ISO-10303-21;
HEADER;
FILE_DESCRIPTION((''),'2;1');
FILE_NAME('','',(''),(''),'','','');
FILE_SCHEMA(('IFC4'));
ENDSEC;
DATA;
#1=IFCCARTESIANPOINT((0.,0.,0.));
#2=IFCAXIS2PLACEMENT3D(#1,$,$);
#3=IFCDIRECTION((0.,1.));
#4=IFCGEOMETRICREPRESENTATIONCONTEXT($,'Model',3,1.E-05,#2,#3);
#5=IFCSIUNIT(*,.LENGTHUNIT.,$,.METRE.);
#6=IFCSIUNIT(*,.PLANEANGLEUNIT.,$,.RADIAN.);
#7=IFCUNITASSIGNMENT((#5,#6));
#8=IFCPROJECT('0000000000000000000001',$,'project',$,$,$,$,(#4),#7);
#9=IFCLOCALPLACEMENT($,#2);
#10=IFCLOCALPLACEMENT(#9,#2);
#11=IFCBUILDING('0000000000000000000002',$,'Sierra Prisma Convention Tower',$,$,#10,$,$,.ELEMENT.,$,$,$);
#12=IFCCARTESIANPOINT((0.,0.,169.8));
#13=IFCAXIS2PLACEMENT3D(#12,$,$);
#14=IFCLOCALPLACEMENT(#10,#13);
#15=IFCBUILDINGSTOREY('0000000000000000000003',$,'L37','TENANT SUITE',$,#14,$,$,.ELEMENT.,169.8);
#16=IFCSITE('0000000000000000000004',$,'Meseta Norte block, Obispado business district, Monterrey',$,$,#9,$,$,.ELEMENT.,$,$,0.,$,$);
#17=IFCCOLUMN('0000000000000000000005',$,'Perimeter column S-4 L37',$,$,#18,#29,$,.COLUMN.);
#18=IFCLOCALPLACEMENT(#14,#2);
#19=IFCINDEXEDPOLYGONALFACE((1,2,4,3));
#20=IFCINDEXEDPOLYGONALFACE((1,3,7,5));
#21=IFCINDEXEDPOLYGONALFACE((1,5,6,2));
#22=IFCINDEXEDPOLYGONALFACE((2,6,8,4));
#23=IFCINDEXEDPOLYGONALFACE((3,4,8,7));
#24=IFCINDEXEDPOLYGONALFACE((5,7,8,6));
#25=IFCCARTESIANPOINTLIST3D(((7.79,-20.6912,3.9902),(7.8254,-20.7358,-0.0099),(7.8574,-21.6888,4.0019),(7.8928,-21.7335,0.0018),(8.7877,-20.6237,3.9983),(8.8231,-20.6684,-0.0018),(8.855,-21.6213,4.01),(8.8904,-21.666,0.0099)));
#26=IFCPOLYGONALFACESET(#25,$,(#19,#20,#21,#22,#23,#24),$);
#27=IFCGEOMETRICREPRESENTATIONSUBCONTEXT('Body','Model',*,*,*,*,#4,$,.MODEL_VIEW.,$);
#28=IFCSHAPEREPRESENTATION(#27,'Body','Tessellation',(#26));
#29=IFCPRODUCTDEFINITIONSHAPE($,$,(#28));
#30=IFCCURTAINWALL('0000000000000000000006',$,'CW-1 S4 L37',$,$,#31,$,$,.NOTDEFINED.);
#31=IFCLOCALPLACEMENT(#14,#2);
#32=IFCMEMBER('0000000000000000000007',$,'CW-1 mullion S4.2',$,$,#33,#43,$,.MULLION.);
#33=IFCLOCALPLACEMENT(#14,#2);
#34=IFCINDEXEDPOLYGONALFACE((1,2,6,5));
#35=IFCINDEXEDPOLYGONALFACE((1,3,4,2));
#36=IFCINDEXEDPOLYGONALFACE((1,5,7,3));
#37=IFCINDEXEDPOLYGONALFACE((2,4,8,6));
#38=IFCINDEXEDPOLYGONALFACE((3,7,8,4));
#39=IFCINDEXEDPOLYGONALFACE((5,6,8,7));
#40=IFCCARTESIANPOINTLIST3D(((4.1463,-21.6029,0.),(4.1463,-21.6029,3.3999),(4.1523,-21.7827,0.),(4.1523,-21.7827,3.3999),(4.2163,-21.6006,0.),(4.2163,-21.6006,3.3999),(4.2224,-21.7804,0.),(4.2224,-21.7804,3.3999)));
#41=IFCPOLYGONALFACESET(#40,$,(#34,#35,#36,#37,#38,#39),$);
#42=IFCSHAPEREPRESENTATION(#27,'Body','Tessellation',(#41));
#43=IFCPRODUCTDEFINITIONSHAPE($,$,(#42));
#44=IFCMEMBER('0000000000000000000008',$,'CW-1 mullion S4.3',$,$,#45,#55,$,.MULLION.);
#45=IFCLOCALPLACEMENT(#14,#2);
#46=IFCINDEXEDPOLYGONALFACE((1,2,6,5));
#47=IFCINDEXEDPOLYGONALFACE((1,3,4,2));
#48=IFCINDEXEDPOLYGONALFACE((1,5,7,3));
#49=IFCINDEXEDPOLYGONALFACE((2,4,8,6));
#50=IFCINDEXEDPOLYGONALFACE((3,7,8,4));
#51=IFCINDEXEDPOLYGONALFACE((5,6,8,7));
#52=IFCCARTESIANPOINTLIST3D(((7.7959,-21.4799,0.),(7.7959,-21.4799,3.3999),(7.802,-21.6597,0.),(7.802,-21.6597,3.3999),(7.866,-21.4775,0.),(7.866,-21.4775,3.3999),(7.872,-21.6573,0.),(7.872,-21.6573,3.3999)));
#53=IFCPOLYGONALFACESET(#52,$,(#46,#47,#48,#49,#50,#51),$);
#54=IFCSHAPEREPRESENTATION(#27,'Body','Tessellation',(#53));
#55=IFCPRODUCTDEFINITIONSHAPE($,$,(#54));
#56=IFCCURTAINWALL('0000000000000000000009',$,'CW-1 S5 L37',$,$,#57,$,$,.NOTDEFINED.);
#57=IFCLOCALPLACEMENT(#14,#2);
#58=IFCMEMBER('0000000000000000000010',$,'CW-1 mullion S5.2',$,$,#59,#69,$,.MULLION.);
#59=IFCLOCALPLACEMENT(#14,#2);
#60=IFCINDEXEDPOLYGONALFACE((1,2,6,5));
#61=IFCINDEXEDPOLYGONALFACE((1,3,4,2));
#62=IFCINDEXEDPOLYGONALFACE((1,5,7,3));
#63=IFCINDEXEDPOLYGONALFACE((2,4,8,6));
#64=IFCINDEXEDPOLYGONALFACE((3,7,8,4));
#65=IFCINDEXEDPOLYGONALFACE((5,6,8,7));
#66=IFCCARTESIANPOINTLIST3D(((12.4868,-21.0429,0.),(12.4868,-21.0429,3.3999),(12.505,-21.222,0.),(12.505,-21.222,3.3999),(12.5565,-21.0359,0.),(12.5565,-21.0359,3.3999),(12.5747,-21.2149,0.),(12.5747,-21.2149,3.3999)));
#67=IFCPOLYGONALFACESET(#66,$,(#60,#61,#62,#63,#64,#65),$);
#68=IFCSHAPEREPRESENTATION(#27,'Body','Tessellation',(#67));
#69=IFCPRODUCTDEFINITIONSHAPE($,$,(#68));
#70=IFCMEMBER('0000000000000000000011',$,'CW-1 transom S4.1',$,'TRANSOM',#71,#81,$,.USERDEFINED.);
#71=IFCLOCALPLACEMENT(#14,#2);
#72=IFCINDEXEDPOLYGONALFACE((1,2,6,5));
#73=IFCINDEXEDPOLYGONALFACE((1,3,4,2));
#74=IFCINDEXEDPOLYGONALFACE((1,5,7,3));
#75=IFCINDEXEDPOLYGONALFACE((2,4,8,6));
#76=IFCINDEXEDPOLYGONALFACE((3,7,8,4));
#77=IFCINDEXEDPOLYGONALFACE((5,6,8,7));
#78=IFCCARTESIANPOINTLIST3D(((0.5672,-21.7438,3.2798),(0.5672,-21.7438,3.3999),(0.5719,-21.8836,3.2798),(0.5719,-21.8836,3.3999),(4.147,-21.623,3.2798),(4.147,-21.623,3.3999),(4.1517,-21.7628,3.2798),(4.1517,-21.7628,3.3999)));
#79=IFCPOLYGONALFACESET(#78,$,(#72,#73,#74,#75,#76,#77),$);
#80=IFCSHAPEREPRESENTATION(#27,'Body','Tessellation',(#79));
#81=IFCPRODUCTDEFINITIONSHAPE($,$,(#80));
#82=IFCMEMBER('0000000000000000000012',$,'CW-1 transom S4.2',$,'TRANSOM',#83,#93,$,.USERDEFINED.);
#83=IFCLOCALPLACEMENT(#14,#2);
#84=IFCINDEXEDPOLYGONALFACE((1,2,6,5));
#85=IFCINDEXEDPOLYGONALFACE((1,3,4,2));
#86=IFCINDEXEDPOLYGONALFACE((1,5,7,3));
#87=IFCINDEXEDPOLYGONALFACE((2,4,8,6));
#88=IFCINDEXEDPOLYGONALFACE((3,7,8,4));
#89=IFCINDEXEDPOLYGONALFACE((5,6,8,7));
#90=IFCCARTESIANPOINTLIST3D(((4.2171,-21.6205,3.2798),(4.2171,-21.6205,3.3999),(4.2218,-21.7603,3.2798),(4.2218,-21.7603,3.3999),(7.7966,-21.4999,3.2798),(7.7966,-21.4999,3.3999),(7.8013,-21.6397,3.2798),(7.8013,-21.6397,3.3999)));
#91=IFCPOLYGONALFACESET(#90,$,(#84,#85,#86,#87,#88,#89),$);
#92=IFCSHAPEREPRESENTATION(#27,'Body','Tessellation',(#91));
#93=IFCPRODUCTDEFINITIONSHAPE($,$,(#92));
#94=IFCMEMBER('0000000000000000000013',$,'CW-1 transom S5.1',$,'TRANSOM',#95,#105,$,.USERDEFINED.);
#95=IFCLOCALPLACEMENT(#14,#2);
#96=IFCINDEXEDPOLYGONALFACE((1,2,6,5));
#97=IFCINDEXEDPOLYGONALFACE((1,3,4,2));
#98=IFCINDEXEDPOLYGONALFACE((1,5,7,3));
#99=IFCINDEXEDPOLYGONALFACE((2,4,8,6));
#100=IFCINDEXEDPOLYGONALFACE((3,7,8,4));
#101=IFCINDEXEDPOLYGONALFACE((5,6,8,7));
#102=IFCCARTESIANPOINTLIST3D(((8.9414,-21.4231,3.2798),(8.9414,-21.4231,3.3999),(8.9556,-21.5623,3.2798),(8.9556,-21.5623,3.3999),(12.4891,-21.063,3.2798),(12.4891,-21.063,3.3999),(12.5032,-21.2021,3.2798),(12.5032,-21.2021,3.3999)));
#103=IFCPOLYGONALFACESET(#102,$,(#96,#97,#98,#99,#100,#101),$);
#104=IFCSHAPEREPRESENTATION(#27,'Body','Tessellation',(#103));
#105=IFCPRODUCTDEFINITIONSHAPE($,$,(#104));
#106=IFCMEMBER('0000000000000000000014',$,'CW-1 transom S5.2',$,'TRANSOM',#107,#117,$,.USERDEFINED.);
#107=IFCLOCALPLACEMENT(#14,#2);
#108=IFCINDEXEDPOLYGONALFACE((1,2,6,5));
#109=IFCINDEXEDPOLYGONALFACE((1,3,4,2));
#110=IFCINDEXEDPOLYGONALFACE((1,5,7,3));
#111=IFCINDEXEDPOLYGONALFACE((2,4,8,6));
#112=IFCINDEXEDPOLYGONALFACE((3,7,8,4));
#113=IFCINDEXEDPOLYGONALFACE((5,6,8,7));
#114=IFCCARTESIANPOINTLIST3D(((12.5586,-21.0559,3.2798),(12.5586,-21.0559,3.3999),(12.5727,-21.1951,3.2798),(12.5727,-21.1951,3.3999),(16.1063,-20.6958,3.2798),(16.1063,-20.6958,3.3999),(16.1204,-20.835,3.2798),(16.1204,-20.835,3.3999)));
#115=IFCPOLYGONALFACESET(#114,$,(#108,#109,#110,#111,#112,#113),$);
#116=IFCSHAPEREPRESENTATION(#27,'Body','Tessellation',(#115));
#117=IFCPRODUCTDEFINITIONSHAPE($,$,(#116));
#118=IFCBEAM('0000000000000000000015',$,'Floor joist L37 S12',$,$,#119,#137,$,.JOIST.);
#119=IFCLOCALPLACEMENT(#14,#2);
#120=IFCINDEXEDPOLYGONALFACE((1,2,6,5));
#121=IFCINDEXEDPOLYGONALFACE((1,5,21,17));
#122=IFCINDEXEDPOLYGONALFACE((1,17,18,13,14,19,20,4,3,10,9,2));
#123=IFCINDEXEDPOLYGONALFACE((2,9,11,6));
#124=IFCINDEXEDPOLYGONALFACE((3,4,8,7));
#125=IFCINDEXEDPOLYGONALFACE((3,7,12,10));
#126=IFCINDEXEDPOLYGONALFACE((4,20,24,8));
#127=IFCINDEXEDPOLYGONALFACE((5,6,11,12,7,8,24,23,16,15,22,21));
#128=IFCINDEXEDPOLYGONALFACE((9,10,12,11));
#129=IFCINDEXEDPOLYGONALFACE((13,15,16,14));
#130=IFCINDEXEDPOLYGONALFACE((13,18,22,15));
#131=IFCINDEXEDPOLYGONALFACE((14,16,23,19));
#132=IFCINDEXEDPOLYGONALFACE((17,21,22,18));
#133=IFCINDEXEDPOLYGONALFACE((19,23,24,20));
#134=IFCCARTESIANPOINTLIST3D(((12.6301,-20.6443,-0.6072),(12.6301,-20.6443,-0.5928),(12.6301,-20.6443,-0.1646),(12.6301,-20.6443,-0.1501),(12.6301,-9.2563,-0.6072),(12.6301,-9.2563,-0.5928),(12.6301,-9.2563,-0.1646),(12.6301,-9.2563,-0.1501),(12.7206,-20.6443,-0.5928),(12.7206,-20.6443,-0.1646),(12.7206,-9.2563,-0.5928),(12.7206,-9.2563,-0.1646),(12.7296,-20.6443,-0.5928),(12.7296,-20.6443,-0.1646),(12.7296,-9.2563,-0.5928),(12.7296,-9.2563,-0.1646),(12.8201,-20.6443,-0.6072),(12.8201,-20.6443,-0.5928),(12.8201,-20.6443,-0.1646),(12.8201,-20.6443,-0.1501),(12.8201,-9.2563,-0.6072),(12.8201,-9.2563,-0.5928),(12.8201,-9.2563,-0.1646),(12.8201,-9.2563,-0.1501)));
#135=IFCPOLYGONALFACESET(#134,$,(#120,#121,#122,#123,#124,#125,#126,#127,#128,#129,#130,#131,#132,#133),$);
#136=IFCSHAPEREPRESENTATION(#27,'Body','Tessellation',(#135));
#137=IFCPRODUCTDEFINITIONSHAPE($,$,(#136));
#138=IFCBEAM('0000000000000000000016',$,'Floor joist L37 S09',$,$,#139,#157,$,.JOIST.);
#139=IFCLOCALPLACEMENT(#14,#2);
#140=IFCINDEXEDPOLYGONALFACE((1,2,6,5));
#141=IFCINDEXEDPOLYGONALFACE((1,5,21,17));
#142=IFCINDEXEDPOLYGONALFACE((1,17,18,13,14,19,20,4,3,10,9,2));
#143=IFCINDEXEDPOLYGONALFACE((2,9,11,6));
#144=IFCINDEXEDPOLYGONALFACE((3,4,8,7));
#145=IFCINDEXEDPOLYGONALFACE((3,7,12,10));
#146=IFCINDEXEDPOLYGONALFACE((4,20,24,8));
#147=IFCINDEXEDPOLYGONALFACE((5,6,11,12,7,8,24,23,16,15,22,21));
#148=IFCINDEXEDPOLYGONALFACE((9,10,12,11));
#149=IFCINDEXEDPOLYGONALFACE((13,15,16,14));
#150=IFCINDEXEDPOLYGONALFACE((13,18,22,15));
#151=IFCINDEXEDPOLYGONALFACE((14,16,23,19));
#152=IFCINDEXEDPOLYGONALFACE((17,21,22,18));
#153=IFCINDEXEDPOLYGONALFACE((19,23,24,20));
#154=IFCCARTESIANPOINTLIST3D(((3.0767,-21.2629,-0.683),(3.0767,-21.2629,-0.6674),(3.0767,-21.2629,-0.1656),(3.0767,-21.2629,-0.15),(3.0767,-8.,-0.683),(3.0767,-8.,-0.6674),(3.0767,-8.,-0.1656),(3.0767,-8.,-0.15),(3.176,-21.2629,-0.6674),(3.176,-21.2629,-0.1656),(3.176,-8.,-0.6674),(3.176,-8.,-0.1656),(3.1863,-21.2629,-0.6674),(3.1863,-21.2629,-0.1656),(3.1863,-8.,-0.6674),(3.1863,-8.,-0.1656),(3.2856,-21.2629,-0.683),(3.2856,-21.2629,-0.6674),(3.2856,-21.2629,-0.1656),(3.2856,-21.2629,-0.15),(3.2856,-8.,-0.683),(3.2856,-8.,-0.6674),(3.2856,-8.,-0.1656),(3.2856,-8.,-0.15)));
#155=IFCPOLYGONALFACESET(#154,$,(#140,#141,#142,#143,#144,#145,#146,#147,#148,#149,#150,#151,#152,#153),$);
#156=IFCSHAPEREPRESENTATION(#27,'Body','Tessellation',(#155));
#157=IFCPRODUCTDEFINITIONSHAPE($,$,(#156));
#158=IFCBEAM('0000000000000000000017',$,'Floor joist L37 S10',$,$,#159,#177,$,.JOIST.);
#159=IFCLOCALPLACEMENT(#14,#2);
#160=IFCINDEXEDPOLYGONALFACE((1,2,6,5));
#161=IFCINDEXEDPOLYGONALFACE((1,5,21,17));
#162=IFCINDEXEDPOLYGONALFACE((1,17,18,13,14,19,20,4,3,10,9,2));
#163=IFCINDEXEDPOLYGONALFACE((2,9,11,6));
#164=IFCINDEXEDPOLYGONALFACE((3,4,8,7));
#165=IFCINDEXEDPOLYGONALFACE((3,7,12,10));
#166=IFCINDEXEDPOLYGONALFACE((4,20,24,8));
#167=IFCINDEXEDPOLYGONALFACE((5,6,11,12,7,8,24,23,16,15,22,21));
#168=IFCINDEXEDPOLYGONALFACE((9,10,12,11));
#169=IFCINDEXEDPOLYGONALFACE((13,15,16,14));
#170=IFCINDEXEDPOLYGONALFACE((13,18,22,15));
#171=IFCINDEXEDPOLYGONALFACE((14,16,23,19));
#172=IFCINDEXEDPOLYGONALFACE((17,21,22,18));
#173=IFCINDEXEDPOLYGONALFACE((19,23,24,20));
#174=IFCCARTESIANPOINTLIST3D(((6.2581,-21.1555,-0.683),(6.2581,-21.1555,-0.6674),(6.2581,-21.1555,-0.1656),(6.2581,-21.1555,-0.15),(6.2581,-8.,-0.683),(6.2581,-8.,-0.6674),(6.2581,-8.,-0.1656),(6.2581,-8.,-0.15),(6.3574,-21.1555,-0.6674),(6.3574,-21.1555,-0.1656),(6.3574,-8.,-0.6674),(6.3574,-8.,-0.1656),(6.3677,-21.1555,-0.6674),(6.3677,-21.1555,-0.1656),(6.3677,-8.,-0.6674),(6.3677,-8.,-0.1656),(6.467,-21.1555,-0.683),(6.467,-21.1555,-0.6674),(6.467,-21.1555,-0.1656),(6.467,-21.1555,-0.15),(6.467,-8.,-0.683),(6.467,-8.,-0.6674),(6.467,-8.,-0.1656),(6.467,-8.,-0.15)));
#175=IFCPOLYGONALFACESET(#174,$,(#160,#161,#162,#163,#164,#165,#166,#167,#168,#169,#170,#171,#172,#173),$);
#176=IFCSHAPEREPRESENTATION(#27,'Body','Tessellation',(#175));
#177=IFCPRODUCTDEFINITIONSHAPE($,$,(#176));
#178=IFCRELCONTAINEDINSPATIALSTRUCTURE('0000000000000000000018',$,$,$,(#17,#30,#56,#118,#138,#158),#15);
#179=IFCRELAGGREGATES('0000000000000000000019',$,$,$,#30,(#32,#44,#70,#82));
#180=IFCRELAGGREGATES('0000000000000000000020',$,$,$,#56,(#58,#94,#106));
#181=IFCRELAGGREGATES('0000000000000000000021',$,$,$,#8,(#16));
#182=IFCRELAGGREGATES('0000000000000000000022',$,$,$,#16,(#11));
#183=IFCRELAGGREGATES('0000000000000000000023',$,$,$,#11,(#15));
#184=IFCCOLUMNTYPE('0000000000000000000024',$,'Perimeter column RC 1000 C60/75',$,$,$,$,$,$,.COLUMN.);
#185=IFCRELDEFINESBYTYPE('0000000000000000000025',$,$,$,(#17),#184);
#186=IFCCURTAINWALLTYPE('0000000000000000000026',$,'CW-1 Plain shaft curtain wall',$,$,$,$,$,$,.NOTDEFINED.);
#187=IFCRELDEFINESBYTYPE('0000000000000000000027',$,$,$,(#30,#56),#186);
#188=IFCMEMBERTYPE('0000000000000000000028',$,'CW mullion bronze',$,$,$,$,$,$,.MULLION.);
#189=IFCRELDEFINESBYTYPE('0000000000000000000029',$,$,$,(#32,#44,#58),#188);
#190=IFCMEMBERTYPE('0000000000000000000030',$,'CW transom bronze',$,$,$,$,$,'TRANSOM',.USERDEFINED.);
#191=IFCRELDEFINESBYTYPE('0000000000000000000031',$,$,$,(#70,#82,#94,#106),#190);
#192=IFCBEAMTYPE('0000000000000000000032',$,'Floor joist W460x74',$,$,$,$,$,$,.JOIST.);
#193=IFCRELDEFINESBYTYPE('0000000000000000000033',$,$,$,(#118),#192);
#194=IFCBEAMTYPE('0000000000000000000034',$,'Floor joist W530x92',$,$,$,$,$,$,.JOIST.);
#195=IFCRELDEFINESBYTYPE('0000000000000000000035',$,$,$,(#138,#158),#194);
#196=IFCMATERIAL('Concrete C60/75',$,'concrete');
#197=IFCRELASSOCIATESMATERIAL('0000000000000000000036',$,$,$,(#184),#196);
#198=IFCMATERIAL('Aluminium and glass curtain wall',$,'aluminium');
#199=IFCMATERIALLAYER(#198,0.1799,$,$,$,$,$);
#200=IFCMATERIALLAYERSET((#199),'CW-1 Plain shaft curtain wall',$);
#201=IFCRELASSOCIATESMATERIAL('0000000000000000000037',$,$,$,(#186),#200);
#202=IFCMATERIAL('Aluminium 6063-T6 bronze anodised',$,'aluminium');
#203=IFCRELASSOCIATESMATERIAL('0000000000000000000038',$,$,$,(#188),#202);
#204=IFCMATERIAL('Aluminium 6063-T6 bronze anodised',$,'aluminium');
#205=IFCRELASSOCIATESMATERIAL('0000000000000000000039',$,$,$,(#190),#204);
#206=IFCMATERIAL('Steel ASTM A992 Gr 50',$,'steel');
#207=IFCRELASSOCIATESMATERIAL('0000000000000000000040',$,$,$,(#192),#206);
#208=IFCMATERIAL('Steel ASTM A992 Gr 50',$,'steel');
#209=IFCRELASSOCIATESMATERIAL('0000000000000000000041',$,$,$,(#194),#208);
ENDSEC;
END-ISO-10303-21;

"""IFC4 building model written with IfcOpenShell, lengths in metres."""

from ifc_helpers import new_model, si_unit, direction, frame, origin, origin_2d, place, context, subcontext, project, spatial, rectangle, i_section, extrude, material, layer, layer_set, material_profile, profile_set, type_object, element, aggregate, save


model = new_model("IFC4")

# Units and contexts
model_context = context("Model", 3, precision=1e-05, world=origin(), true_north=direction((0.0, 1.0)))
body_context = subcontext(model_context, "Body", "Model", "MODEL_VIEW")
ifc_project = project(units=[si_unit("LENGTHUNIT", "METRE"), si_unit("PLANEANGLEUNIT", "RADIAN")], contexts=[model_context])

# Site, building, storey
site_placement = place(None, origin())
site = spatial("IfcSite", under=ifc_project, at=site_placement, Name="Meseta Norte block, Obispado business district, Monterrey", CompositionType="ELEMENT", RefElevation=0.0)
building_placement = place(site_placement, origin())
building = spatial("IfcBuilding", under=site, at=building_placement, Name="Sierra Prisma Convention Tower", CompositionType="ELEMENT")
storey_placement = place(building_placement, frame((0.0, 0.0, 169.8)))
storey = spatial("IfcBuildingStorey", under=building, at=storey_placement, Name="L37", Description="TENANT SUITE", CompositionType="ELEMENT", Elevation=169.8)

# Column
ifc_material_1 = material(Name="Concrete C60/75", Category="concrete")
ifc_material_profile_1 = material_profile(ifc_material_1, rectangle(XDim=1.0, YDim=1.0, at=origin_2d()), Name="Perimeter column RC 1000 C60/75")
ifc_profile_set_1 = profile_set([ifc_material_profile_1], Name="Concrete C60/75")
column_type = type_object("IfcColumnType", Name="Perimeter column RC 1000 C60/75", PredefinedType="COLUMN", material=ifc_profile_set_1)
column_placement = place(storey_placement, frame((8.3579, -21.2009, 0.0), z_axis=(-0.008849, 0.011168, 0.999898), x_axis=(0.997688, 0.067485, 0.008076)))
element("IfcColumn", 1, at=column_placement, inside=storey, type_object=column_type, Name="Perimeter column S-4 L37", PredefinedType="COLUMN", context=body_context, shape_type="SweptSolid", body=[
    extrude(rectangle(XDim=1.0, YDim=1.0, at=origin_2d()), origin(), (0.0, 0.0, 1.0), 4.0005),
])

# Curtain wall, members
ifc_material_2 = material(Name="Aluminium and glass curtain wall", Category="aluminium")
ifc_layer_1 = layer(ifc_material_2, 0.1799)
ifc_layer_set_1 = layer_set([ifc_layer_1], Name="CW-1 Plain shaft curtain wall")
curtain_wall_type = type_object("IfcCurtainWallType", Name="CW-1 Plain shaft curtain wall", PredefinedType="NOTDEFINED", material=ifc_layer_set_1)
curtain_wall_1_placement = place(storey_placement, origin())
curtain_wall_1 = element("IfcCurtainWall", 2, at=curtain_wall_1_placement, inside=storey, type_object=curtain_wall_type, Name="CW-1 S4 L37", PredefinedType="NOTDEFINED")
ifc_material_3 = material(Name="Aluminium 6063-T6 bronze anodised", Category="aluminium")
ifc_material_profile_2 = material_profile(ifc_material_3, rectangle(XDim=0.1799, YDim=0.0701, at=origin_2d()), Name="ALU MULLION 70x180")
ifc_profile_set_2 = profile_set([ifc_material_profile_2], Name="Aluminium 6063-T6 bronze anodised")
member_type_1 = type_object("IfcMemberType", Name="CW mullion bronze", PredefinedType="MULLION", material=ifc_profile_set_2)
member_1_placement = place(storey_placement, frame((4.1843, -21.6917, 0.0), z_axis=(0.0, 0.0, 1.0), x_axis=(-0.033714, 0.999432, 0.0)))
member_1 = element("IfcMember", 3, at=member_1_placement, type_object=member_type_1, Name="CW-1 mullion S4.2", PredefinedType="MULLION", context=body_context, shape_type="SweptSolid", body=[
    extrude(rectangle(XDim=0.1799, YDim=0.0701, at=origin_2d()), origin(), (0.0, 0.0, 1.0), 3.3999),
])
member_2_placement = place(storey_placement, frame((7.834, -21.5686, 0.0), z_axis=(0.0, 0.0, 1.0), x_axis=(-0.033714, 0.999432, 0.0)))
member_2 = element("IfcMember", 4, at=member_2_placement, type_object=member_type_1, Name="CW-1 mullion S4.3", PredefinedType="MULLION", context=body_context, shape_type="SweptSolid", body=[
    extrude(rectangle(XDim=0.1799, YDim=0.0701, at=origin_2d()), origin(), (0.0, 0.0, 1.0), 3.3999),
])

# Curtain wall, member
curtain_wall_2_placement = place(storey_placement, origin())
curtain_wall_2 = element("IfcCurtainWall", 5, at=curtain_wall_2_placement, inside=storey, type_object=curtain_wall_type, Name="CW-1 S5 L37", PredefinedType="NOTDEFINED")
member_3_placement = place(storey_placement, frame((12.5308, -21.1289, 0.0), z_axis=(0.0, 0.0, 1.0), x_axis=(-0.100989, 0.994888, 0.0)))
member_3 = element("IfcMember", 6, at=member_3_placement, type_object=member_type_1, Name="CW-1 mullion S5.2", PredefinedType="MULLION", context=body_context, shape_type="SweptSolid", body=[
    extrude(rectangle(XDim=0.1799, YDim=0.0701, at=origin_2d()), origin(), (0.0, 0.0, 1.0), 3.3999),
])

# Members
ifc_material_4 = material(Name="Aluminium 6063-T6 bronze anodised", Category="aluminium")
ifc_material_profile_3 = material_profile(ifc_material_4, rectangle(XDim=0.1399, YDim=0.1201, at=origin_2d()), Name="ALU TRANSOM 120x140")
ifc_profile_set_3 = profile_set([ifc_material_profile_3], Name="Aluminium 6063-T6 bronze anodised")
member_type_2 = type_object("IfcMemberType", Name="CW transom bronze", ElementType="TRANSOM", PredefinedType="USERDEFINED", material=ifc_profile_set_3)
member_4_placement = place(storey_placement, frame((0.5696, -21.8137, 3.3398), z_axis=(0.999431, 0.033739, 0.0), x_axis=(-0.033739, 0.999431, 0.0)))
member_4 = element("IfcMember", 7, at=member_4_placement, type_object=member_type_2, Name="CW-1 transom S4.1", ObjectType="TRANSOM", PredefinedType="USERDEFINED", context=body_context, shape_type="SweptSolid", body=[
    extrude(rectangle(XDim=0.1399, YDim=0.1201, at=origin_2d()), origin(), (0.0, 0.0, 1.0), 3.5818),
])
member_5_placement = place(storey_placement, frame((4.2195, -21.6904, 3.3398), z_axis=(0.999433, 0.033673, 0.0), x_axis=(-0.033673, 0.999433, 0.0)))
member_5 = element("IfcMember", 8, at=member_5_placement, type_object=member_type_2, Name="CW-1 transom S4.2", ObjectType="TRANSOM", PredefinedType="USERDEFINED", context=body_context, shape_type="SweptSolid", body=[
    extrude(rectangle(XDim=0.1399, YDim=0.1201, at=origin_2d()), origin(), (0.0, 0.0, 1.0), 3.5815),
])
member_6_placement = place(storey_placement, frame((8.9485, -21.4927, 3.3398), z_axis=(0.994888, 0.100988, 0.0), x_axis=(-0.100988, 0.994888, 0.0)))
member_6 = element("IfcMember", 9, at=member_6_placement, type_object=member_type_2, Name="CW-1 transom S5.1", ObjectType="TRANSOM", PredefinedType="USERDEFINED", context=body_context, shape_type="SweptSolid", body=[
    extrude(rectangle(XDim=0.1399, YDim=0.1201, at=origin_2d()), origin(), (0.0, 0.0, 1.0), 3.5659),
])
member_7_placement = place(storey_placement, frame((12.5657, -21.1255, 3.3398), z_axis=(0.994888, 0.100988, 0.0), x_axis=(-0.100988, 0.994888, 0.0)))
member_7 = element("IfcMember", 10, at=member_7_placement, type_object=member_type_2, Name="CW-1 transom S5.2", ObjectType="TRANSOM", PredefinedType="USERDEFINED", context=body_context, shape_type="SweptSolid", body=[
    extrude(rectangle(XDim=0.1399, YDim=0.1201, at=origin_2d()), origin(), (0.0, 0.0, 1.0), 3.5659),
])

# Beams
ifc_material_5 = material(Name="Steel ASTM A992 Gr 50", Category="steel")
ifc_material_profile_4 = material_profile(ifc_material_5, i_section(OverallWidth=0.1899, OverallDepth=0.457, WebThickness=0.009, FlangeThickness=0.0144, at=origin_2d()), Name="W460x74")
ifc_profile_set_4 = profile_set([ifc_material_profile_4], Name="Steel ASTM A992 Gr 50")
beam_type_1 = type_object("IfcBeamType", Name="Floor joist W460x74", PredefinedType="JOIST", material=ifc_profile_set_4)
beam_1_placement = place(storey_placement, frame((12.7251, -20.6443, -0.3787), z_axis=(0.0, 1.0, 0.0), x_axis=(-1.0, 0.0, 0.0)))
element("IfcBeam", 11, at=beam_1_placement, inside=storey, type_object=beam_type_1, Name="Floor joist L37 S12", PredefinedType="JOIST", context=body_context, shape_type="SweptSolid", body=[
    extrude(i_section(OverallWidth=0.1899, OverallDepth=0.457, WebThickness=0.009, FlangeThickness=0.0144, at=origin_2d()), origin(), (0.0, 0.0, 1.0), 11.3879),
])
ifc_material_6 = material(Name="Steel ASTM A992 Gr 50", Category="steel")
ifc_material_profile_5 = material_profile(ifc_material_6, i_section(OverallWidth=0.209, OverallDepth=0.533, WebThickness=0.0103, FlangeThickness=0.0156, at=origin_2d()), Name="W530x92")
ifc_profile_set_5 = profile_set([ifc_material_profile_5], Name="Steel ASTM A992 Gr 50")
beam_type_2 = type_object("IfcBeamType", Name="Floor joist W530x92", PredefinedType="JOIST", material=ifc_profile_set_5)
beam_2_placement = place(storey_placement, frame((3.1812, -21.2629, -0.4165), z_axis=(0.0, 1.0, 0.0), x_axis=(-1.0, 0.0, 0.0)))
element("IfcBeam", 12, at=beam_2_placement, inside=storey, type_object=beam_type_2, Name="Floor joist L37 S09", PredefinedType="JOIST", context=body_context, shape_type="SweptSolid", body=[
    extrude(i_section(OverallWidth=0.209, OverallDepth=0.533, WebThickness=0.0103, FlangeThickness=0.0156, at=origin_2d()), origin(), (0.0, 0.0, 1.0), 13.2629),
])
beam_3_placement = place(storey_placement, frame((6.3625, -21.1555, -0.4165), z_axis=(0.0, 1.0, 0.0), x_axis=(-1.0, 0.0, 0.0)))
element("IfcBeam", 13, at=beam_3_placement, inside=storey, type_object=beam_type_2, Name="Floor joist L37 S10", PredefinedType="JOIST", context=body_context, shape_type="SweptSolid", body=[
    extrude(i_section(OverallWidth=0.209, OverallDepth=0.533, WebThickness=0.0103, FlangeThickness=0.0156, at=origin_2d()), origin(), (0.0, 0.0, 1.0), 13.1555),
])

aggregate(curtain_wall_1, [member_1, member_2, member_4, member_5])
aggregate(curtain_wall_2, [member_3, member_6, member_7])

save(model, "model.ifc")
